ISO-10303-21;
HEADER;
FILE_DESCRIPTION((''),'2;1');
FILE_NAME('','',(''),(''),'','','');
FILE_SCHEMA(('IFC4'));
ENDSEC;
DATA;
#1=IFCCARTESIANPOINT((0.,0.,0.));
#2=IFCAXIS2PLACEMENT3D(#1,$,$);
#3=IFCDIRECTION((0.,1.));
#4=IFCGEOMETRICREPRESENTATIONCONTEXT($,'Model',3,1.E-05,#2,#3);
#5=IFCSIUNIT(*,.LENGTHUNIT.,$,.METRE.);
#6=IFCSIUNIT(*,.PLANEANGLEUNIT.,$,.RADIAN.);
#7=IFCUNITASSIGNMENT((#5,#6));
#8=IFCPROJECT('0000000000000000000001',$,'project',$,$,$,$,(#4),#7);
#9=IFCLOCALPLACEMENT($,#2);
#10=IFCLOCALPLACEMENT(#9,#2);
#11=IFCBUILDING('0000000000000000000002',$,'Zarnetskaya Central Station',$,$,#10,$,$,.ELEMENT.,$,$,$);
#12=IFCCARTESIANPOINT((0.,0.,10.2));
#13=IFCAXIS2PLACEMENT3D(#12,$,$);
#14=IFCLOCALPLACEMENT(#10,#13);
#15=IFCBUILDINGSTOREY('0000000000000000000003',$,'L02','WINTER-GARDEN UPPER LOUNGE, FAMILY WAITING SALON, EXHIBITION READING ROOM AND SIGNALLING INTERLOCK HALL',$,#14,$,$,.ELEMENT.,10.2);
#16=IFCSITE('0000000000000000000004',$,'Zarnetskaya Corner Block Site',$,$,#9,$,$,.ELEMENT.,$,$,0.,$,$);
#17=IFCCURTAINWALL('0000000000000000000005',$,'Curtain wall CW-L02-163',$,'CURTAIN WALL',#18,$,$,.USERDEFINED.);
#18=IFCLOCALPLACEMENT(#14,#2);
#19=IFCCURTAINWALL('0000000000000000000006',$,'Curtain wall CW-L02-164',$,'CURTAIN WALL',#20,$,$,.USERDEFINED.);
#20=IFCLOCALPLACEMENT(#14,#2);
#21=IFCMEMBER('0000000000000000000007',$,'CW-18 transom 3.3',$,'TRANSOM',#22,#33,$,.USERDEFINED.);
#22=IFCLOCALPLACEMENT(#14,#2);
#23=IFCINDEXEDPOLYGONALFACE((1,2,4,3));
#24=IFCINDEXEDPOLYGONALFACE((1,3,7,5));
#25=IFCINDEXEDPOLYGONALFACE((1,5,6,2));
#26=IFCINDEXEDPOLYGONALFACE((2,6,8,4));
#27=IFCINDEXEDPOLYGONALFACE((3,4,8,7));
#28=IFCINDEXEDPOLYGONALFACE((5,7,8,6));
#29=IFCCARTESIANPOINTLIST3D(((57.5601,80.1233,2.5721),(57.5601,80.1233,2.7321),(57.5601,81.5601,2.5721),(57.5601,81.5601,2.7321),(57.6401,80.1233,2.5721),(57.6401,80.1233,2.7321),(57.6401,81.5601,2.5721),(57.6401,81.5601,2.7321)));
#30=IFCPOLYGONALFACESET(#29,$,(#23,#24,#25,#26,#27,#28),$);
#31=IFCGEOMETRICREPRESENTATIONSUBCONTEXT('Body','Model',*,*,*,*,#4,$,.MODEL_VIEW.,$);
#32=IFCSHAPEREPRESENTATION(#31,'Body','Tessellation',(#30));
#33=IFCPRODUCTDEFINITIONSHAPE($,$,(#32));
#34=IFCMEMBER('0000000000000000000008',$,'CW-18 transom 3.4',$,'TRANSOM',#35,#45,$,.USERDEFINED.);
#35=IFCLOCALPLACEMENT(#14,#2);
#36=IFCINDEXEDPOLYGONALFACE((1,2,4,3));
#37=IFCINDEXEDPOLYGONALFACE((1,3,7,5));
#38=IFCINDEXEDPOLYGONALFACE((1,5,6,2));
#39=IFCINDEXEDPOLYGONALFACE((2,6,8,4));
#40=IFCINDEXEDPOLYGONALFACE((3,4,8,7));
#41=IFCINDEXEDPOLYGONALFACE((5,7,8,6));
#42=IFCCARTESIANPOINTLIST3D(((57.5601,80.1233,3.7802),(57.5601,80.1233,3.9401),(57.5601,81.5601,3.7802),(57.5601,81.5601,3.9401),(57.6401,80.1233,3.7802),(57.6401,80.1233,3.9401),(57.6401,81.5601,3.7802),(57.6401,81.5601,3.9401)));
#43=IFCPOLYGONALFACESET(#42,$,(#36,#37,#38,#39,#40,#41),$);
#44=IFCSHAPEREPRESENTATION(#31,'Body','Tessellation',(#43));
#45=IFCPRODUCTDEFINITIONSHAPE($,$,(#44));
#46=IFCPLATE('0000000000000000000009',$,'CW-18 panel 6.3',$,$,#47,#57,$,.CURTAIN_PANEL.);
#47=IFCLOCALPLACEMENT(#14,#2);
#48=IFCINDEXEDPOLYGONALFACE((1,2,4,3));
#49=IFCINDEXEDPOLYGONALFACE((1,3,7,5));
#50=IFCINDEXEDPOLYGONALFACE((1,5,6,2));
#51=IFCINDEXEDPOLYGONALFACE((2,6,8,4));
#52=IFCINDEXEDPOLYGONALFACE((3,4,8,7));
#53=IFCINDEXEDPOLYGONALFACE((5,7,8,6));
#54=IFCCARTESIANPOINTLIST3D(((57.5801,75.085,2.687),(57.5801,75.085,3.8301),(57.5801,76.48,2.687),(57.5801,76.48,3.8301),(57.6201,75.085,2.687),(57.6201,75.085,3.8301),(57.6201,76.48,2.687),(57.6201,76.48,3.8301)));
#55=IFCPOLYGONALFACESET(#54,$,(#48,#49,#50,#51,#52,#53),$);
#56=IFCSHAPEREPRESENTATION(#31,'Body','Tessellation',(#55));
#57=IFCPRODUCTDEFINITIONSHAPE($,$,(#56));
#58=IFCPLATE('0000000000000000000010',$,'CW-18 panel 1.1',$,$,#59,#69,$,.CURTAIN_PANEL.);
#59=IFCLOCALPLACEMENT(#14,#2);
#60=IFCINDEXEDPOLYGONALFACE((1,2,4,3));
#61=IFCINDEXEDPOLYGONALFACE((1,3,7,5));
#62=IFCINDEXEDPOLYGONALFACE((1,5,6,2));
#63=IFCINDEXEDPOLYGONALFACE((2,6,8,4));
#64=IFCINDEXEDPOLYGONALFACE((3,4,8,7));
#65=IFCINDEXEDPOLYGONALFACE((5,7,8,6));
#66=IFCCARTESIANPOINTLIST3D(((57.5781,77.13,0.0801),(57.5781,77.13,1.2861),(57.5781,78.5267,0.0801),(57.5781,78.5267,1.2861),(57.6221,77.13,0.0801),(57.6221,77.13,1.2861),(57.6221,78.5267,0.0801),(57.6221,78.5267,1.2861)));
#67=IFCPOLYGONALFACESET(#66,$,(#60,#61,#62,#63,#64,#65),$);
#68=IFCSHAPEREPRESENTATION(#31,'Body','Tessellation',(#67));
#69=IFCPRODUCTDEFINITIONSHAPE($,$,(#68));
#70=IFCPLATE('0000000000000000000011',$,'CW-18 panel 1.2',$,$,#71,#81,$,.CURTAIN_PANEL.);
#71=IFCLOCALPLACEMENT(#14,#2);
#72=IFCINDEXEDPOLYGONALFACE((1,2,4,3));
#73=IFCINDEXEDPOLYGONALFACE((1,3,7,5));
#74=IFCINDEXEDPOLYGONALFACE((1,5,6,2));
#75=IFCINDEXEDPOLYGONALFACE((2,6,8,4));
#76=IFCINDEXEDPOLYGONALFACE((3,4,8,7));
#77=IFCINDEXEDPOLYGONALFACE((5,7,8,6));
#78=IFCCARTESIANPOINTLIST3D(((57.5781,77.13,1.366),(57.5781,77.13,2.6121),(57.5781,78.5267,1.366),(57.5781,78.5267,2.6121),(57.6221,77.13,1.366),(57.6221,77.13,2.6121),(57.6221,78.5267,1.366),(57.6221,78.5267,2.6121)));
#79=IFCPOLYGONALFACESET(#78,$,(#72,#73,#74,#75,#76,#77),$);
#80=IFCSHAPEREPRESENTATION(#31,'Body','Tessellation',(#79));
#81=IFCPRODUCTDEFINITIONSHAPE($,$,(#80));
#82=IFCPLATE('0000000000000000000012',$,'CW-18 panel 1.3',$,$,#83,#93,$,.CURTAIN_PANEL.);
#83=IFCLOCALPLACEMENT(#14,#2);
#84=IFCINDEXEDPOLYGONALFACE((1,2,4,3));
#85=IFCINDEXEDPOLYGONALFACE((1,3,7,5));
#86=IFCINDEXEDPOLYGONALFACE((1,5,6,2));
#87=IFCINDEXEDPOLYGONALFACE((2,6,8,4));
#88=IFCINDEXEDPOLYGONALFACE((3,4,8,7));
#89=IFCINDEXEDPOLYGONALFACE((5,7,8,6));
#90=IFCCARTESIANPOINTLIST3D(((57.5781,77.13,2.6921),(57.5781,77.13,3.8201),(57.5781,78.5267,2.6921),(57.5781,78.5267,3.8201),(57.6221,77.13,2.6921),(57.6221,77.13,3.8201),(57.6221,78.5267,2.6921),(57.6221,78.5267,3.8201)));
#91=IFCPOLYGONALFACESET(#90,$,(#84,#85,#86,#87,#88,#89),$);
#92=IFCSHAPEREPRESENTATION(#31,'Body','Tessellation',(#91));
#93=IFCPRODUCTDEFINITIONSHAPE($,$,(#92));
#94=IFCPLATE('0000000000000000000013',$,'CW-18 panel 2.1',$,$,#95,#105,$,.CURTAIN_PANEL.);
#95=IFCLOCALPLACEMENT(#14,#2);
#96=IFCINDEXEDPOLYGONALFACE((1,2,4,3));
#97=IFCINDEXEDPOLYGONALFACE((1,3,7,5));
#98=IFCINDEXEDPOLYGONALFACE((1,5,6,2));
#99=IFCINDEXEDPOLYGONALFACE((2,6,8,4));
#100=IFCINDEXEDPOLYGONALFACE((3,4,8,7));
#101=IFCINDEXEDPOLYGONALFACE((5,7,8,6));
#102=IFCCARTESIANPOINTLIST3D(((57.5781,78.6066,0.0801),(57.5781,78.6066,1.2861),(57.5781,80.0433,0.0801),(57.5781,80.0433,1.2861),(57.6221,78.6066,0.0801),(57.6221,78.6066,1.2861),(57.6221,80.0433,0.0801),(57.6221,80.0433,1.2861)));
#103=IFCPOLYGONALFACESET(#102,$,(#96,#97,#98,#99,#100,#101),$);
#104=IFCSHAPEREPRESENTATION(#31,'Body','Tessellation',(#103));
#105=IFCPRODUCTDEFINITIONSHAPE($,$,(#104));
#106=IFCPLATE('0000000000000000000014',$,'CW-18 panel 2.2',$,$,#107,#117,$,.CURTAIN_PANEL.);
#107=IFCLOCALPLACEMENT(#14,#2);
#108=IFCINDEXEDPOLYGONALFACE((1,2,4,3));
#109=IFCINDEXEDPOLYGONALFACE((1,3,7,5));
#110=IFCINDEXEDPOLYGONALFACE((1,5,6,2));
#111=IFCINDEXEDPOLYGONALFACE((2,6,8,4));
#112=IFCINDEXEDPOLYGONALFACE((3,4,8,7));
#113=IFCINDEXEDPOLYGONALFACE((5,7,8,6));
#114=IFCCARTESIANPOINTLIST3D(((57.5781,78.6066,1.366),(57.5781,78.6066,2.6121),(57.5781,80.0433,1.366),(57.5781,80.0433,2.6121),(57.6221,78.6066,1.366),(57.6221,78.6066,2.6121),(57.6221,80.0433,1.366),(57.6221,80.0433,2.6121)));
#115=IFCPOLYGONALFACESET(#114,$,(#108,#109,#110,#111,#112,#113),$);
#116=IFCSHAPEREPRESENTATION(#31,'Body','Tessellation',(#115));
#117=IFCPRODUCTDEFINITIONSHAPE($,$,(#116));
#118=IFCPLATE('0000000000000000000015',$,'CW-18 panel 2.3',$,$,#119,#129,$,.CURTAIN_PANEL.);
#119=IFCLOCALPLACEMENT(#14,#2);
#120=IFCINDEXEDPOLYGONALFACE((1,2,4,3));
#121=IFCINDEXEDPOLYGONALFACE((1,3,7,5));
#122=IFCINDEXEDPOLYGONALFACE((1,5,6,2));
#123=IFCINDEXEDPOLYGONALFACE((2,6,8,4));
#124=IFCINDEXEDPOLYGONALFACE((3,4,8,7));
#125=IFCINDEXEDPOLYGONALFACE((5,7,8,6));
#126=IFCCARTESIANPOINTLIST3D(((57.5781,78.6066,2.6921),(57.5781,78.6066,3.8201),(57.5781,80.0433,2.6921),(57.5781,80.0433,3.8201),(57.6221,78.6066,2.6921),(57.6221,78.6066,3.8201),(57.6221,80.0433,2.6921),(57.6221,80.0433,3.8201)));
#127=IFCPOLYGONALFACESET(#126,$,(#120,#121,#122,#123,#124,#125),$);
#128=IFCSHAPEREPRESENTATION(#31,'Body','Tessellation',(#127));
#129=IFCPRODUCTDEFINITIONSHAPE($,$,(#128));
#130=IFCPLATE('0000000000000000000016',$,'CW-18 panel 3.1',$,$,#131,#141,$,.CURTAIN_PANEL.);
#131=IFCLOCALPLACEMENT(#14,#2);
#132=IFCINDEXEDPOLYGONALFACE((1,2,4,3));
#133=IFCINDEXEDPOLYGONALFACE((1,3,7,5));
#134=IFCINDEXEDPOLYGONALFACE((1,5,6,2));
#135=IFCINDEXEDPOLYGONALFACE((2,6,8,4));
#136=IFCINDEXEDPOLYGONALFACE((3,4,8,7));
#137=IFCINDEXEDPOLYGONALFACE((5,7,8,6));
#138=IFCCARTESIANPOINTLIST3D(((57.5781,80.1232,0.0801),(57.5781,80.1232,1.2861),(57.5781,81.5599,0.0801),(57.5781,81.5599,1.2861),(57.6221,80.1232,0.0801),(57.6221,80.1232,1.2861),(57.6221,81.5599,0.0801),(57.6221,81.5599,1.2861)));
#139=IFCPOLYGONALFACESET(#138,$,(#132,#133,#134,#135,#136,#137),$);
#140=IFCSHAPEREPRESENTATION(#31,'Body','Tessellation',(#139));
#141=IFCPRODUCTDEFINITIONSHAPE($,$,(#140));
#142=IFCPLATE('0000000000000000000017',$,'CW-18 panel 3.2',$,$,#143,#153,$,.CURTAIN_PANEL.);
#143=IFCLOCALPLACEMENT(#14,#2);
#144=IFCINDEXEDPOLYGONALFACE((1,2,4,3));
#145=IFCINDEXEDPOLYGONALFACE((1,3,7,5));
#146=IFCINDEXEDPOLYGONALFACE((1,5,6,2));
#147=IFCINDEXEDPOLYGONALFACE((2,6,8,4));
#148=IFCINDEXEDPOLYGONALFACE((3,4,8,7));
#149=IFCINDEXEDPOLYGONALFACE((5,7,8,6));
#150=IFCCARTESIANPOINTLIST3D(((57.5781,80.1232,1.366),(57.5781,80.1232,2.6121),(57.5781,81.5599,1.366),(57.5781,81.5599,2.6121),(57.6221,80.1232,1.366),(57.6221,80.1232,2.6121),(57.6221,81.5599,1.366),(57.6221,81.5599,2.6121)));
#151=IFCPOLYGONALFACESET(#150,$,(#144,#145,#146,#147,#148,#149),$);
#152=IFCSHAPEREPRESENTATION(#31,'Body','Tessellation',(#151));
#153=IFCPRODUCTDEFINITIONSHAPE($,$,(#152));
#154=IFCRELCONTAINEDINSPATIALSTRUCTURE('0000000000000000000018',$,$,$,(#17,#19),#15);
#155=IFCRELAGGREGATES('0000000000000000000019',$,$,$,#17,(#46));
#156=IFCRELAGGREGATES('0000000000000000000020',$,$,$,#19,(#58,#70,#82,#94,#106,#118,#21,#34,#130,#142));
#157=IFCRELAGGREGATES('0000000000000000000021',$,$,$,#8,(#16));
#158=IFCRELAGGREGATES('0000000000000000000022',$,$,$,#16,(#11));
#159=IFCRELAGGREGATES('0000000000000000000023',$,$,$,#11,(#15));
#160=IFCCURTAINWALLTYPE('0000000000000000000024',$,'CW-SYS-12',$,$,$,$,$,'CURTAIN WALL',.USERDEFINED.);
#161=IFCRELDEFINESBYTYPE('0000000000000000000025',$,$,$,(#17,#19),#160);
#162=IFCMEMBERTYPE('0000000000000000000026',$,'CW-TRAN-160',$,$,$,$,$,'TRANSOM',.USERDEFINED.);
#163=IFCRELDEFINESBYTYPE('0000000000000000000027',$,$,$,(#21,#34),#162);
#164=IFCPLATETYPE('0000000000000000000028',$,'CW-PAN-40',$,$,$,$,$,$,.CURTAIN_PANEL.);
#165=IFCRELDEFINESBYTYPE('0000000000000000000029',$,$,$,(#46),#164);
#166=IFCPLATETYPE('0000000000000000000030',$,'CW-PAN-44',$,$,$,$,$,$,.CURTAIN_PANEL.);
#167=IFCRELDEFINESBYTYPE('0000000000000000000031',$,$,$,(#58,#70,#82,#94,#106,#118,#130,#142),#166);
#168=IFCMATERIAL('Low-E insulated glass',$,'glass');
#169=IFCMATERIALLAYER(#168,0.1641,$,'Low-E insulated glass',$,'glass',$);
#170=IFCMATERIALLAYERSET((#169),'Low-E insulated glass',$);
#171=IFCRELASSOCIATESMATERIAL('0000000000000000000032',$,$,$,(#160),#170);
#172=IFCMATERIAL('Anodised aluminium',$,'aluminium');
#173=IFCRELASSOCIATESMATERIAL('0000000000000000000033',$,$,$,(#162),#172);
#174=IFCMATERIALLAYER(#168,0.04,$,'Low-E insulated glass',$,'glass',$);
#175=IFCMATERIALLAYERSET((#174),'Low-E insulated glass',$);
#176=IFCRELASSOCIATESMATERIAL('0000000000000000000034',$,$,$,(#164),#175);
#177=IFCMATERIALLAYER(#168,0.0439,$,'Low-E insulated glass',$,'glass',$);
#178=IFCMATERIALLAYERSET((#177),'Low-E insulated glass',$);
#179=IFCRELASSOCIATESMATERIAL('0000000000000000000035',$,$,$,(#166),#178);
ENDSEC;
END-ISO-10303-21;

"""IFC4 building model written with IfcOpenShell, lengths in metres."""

from ifc_helpers import new_model, si_unit, direction, frame, origin, origin_2d, place, context, subcontext, project, spatial, rectangle, extrude, material, layer, layer_set, material_profile, profile_set, type_object, element, aggregate, save


model = new_model("IFC4")

# Units and contexts
model_context = context("Model", 3, precision=1e-05, world=origin(), true_north=direction((0.0, 1.0)))
body_context = subcontext(model_context, "Body", "Model", "MODEL_VIEW")
ifc_project = project(units=[si_unit("LENGTHUNIT", "METRE"), si_unit("PLANEANGLEUNIT", "RADIAN")], contexts=[model_context])

# Site, building, storey
site_placement = place(None, origin())
site = spatial("IfcSite", under=ifc_project, at=site_placement, Name="Zarnetskaya Corner Block Site", CompositionType="ELEMENT", RefElevation=0.0)
building_placement = place(site_placement, origin())
building = spatial("IfcBuilding", under=site, at=building_placement, Name="Zarnetskaya Central Station", CompositionType="ELEMENT")
storey_placement = place(building_placement, frame((0.0, 0.0, 10.2)))
storey = spatial("IfcBuildingStorey", under=building, at=storey_placement, Name="L02", Description="WINTER-GARDEN UPPER LOUNGE, FAMILY WAITING SALON, EXHIBITION READING ROOM AND SIGNALLING INTERLOCK HALL", CompositionType="ELEMENT", Elevation=10.2)

# Curtain wall
ifc_material_1 = material(Name="Low-E insulated glass", Category="glass")
ifc_layer_1 = layer(ifc_material_1, 0.1641, Name="Low-E insulated glass", Category="glass")
ifc_layer_set_1 = layer_set([ifc_layer_1], Name="Low-E insulated glass")
curtain_wall_type = type_object("IfcCurtainWallType", Name="CW-SYS-12", ElementType="CURTAIN WALL", PredefinedType="USERDEFINED", material=ifc_layer_set_1)
curtain_wall_1_placement = place(storey_placement, origin())
curtain_wall_1 = element("IfcCurtainWall", 1, at=curtain_wall_1_placement, inside=storey, type_object=curtain_wall_type, Name="Curtain wall CW-L02-163", ObjectType="CURTAIN WALL", PredefinedType="USERDEFINED")
ifc_material_2 = material(Name="Anodised aluminium", Category="aluminium")

# Curtain wall, members
curtain_wall_2_placement = place(storey_placement, origin())
curtain_wall_2 = element("IfcCurtainWall", 2, at=curtain_wall_2_placement, inside=storey, type_object=curtain_wall_type, Name="Curtain wall CW-L02-164", ObjectType="CURTAIN WALL", PredefinedType="USERDEFINED")
ifc_material_profile_1 = material_profile(ifc_material_2, rectangle(XDim=0.0801, YDim=0.1599, at=origin_2d()), Name="ALU TRAN 80x160")
ifc_profile_set_1 = profile_set([ifc_material_profile_1], Name="Anodised aluminium")
member_type_1 = type_object("IfcMemberType", Name="CW-TRAN-160", ElementType="TRANSOM", PredefinedType="USERDEFINED", material=ifc_profile_set_1)
member_1_placement = place(storey_placement, frame((57.6001, 80.1233, 2.6521), z_axis=(0.0, 1.0, 0.0), x_axis=(-1.0, 0.0, 0.0)))
member_1 = element("IfcMember", 3, at=member_1_placement, type_object=member_type_1, Name="CW-18 transom 3.3", ObjectType="TRANSOM", PredefinedType="USERDEFINED", context=body_context, shape_type="SweptSolid", body=[
    extrude(rectangle(XDim=0.0801, YDim=0.1599, at=origin_2d()), origin(), (0.0, 0.0, 1.0), 1.4368),
])
member_2_placement = place(storey_placement, frame((57.6001, 80.1233, 3.8601), z_axis=(0.0, 1.0, 0.0), x_axis=(-1.0, 0.0, 0.0)))
member_2 = element("IfcMember", 4, at=member_2_placement, type_object=member_type_1, Name="CW-18 transom 3.4", ObjectType="TRANSOM", PredefinedType="USERDEFINED", context=body_context, shape_type="SweptSolid", body=[
    extrude(rectangle(XDim=0.0801, YDim=0.1599, at=origin_2d()), origin(), (0.0, 0.0, 1.0), 1.4368),
])

# Plates
ifc_layer_2 = layer(ifc_material_1, 0.04, Name="Low-E insulated glass", Category="glass")
ifc_layer_set_2 = layer_set([ifc_layer_2], Name="Low-E insulated glass")
plate_type_1 = type_object("IfcPlateType", Name="CW-PAN-40", PredefinedType="CURTAIN_PANEL", material=ifc_layer_set_2)
plate_1_placement = place(storey_placement, frame((57.6001, 75.7825, 2.687), z_axis=(0.0, 0.0, 1.0), x_axis=(0.0, 1.0, 0.0)))
plate_1 = element("IfcPlate", 5, at=plate_1_placement, type_object=plate_type_1, Name="CW-18 panel 6.3", PredefinedType="CURTAIN_PANEL", context=body_context, shape_type="SweptSolid", body=[
    extrude(rectangle(XDim=1.395, YDim=0.04, at=origin_2d()), origin(), (0.0, 0.0, 1.0), 1.1431),
])
aggregate(curtain_wall_1, [plate_1])
ifc_layer_3 = layer(ifc_material_1, 0.0439, Name="Low-E insulated glass", Category="glass")
ifc_layer_set_3 = layer_set([ifc_layer_3], Name="Low-E insulated glass")
plate_type_2 = type_object("IfcPlateType", Name="CW-PAN-44", PredefinedType="CURTAIN_PANEL", material=ifc_layer_set_3)
plate_2_placement = place(storey_placement, frame((57.6001, 77.8284, 0.0801), z_axis=(0.0, 0.0, 1.0), x_axis=(0.0, 1.0, 0.0)))
plate_2 = element("IfcPlate", 6, at=plate_2_placement, type_object=plate_type_2, Name="CW-18 panel 1.1", PredefinedType="CURTAIN_PANEL", context=body_context, shape_type="SweptSolid", body=[
    extrude(rectangle(XDim=1.3967, YDim=0.0439, at=origin_2d()), origin(), (0.0, 0.0, 1.0), 1.2061),
])
plate_3_placement = place(storey_placement, frame((57.6001, 77.8284, 1.366), z_axis=(0.0, 0.0, 1.0), x_axis=(0.0, 1.0, 0.0)))
plate_3 = element("IfcPlate", 7, at=plate_3_placement, type_object=plate_type_2, Name="CW-18 panel 1.2", PredefinedType="CURTAIN_PANEL", context=body_context, shape_type="SweptSolid", body=[
    extrude(rectangle(XDim=1.3967, YDim=0.0439, at=origin_2d()), origin(), (0.0, 0.0, 1.0), 1.2461),
])
plate_4_placement = place(storey_placement, frame((57.6001, 77.8284, 2.6921), z_axis=(0.0, 0.0, 1.0), x_axis=(0.0, 1.0, 0.0)))
plate_4 = element("IfcPlate", 8, at=plate_4_placement, type_object=plate_type_2, Name="CW-18 panel 1.3", PredefinedType="CURTAIN_PANEL", context=body_context, shape_type="SweptSolid", body=[
    extrude(rectangle(XDim=1.3967, YDim=0.0439, at=origin_2d()), origin(), (0.0, 0.0, 1.0), 1.1279),
])
plate_5_placement = place(storey_placement, frame((57.6001, 79.325, 0.0801), z_axis=(0.0, 0.0, 1.0), x_axis=(0.0, 1.0, 0.0)))
plate_5 = element("IfcPlate", 9, at=plate_5_placement, type_object=plate_type_2, Name="CW-18 panel 2.1", PredefinedType="CURTAIN_PANEL", context=body_context, shape_type="SweptSolid", body=[
    extrude(rectangle(XDim=1.4368, YDim=0.0439, at=origin_2d()), origin(), (0.0, 0.0, 1.0), 1.2061),
])
plate_6_placement = place(storey_placement, frame((57.6001, 79.325, 1.366), z_axis=(0.0, 0.0, 1.0), x_axis=(0.0, 1.0, 0.0)))
plate_6 = element("IfcPlate", 10, at=plate_6_placement, type_object=plate_type_2, Name="CW-18 panel 2.2", PredefinedType="CURTAIN_PANEL", context=body_context, shape_type="SweptSolid", body=[
    extrude(rectangle(XDim=1.4368, YDim=0.0439, at=origin_2d()), origin(), (0.0, 0.0, 1.0), 1.2461),
])
plate_7_placement = place(storey_placement, frame((57.6001, 79.325, 2.6921), z_axis=(0.0, 0.0, 1.0), x_axis=(0.0, 1.0, 0.0)))
plate_7 = element("IfcPlate", 11, at=plate_7_placement, type_object=plate_type_2, Name="CW-18 panel 2.3", PredefinedType="CURTAIN_PANEL", context=body_context, shape_type="SweptSolid", body=[
    extrude(rectangle(XDim=1.4368, YDim=0.0439, at=origin_2d()), origin(), (0.0, 0.0, 1.0), 1.1279),
])
plate_8_placement = place(storey_placement, frame((57.6001, 80.8416, 0.0801), z_axis=(0.0, 0.0, 1.0), x_axis=(0.0, 1.0, 0.0)))
plate_8 = element("IfcPlate", 12, at=plate_8_placement, type_object=plate_type_2, Name="CW-18 panel 3.1", PredefinedType="CURTAIN_PANEL", context=body_context, shape_type="SweptSolid", body=[
    extrude(rectangle(XDim=1.4368, YDim=0.0439, at=origin_2d()), origin(), (0.0, 0.0, 1.0), 1.2061),
])
plate_9_placement = place(storey_placement, frame((57.6001, 80.8416, 1.366), z_axis=(0.0, 0.0, 1.0), x_axis=(0.0, 1.0, 0.0)))
plate_9 = element("IfcPlate", 13, at=plate_9_placement, type_object=plate_type_2, Name="CW-18 panel 3.2", PredefinedType="CURTAIN_PANEL", context=body_context, shape_type="SweptSolid", body=[
    extrude(rectangle(XDim=1.4368, YDim=0.0439, at=origin_2d()), origin(), (0.0, 0.0, 1.0), 1.2461),
])
aggregate(curtain_wall_2, [plate_2, plate_3, plate_4, plate_5, plate_6, plate_7, member_1, member_2, plate_8, plate_9])

save(model, "model.ifc")
